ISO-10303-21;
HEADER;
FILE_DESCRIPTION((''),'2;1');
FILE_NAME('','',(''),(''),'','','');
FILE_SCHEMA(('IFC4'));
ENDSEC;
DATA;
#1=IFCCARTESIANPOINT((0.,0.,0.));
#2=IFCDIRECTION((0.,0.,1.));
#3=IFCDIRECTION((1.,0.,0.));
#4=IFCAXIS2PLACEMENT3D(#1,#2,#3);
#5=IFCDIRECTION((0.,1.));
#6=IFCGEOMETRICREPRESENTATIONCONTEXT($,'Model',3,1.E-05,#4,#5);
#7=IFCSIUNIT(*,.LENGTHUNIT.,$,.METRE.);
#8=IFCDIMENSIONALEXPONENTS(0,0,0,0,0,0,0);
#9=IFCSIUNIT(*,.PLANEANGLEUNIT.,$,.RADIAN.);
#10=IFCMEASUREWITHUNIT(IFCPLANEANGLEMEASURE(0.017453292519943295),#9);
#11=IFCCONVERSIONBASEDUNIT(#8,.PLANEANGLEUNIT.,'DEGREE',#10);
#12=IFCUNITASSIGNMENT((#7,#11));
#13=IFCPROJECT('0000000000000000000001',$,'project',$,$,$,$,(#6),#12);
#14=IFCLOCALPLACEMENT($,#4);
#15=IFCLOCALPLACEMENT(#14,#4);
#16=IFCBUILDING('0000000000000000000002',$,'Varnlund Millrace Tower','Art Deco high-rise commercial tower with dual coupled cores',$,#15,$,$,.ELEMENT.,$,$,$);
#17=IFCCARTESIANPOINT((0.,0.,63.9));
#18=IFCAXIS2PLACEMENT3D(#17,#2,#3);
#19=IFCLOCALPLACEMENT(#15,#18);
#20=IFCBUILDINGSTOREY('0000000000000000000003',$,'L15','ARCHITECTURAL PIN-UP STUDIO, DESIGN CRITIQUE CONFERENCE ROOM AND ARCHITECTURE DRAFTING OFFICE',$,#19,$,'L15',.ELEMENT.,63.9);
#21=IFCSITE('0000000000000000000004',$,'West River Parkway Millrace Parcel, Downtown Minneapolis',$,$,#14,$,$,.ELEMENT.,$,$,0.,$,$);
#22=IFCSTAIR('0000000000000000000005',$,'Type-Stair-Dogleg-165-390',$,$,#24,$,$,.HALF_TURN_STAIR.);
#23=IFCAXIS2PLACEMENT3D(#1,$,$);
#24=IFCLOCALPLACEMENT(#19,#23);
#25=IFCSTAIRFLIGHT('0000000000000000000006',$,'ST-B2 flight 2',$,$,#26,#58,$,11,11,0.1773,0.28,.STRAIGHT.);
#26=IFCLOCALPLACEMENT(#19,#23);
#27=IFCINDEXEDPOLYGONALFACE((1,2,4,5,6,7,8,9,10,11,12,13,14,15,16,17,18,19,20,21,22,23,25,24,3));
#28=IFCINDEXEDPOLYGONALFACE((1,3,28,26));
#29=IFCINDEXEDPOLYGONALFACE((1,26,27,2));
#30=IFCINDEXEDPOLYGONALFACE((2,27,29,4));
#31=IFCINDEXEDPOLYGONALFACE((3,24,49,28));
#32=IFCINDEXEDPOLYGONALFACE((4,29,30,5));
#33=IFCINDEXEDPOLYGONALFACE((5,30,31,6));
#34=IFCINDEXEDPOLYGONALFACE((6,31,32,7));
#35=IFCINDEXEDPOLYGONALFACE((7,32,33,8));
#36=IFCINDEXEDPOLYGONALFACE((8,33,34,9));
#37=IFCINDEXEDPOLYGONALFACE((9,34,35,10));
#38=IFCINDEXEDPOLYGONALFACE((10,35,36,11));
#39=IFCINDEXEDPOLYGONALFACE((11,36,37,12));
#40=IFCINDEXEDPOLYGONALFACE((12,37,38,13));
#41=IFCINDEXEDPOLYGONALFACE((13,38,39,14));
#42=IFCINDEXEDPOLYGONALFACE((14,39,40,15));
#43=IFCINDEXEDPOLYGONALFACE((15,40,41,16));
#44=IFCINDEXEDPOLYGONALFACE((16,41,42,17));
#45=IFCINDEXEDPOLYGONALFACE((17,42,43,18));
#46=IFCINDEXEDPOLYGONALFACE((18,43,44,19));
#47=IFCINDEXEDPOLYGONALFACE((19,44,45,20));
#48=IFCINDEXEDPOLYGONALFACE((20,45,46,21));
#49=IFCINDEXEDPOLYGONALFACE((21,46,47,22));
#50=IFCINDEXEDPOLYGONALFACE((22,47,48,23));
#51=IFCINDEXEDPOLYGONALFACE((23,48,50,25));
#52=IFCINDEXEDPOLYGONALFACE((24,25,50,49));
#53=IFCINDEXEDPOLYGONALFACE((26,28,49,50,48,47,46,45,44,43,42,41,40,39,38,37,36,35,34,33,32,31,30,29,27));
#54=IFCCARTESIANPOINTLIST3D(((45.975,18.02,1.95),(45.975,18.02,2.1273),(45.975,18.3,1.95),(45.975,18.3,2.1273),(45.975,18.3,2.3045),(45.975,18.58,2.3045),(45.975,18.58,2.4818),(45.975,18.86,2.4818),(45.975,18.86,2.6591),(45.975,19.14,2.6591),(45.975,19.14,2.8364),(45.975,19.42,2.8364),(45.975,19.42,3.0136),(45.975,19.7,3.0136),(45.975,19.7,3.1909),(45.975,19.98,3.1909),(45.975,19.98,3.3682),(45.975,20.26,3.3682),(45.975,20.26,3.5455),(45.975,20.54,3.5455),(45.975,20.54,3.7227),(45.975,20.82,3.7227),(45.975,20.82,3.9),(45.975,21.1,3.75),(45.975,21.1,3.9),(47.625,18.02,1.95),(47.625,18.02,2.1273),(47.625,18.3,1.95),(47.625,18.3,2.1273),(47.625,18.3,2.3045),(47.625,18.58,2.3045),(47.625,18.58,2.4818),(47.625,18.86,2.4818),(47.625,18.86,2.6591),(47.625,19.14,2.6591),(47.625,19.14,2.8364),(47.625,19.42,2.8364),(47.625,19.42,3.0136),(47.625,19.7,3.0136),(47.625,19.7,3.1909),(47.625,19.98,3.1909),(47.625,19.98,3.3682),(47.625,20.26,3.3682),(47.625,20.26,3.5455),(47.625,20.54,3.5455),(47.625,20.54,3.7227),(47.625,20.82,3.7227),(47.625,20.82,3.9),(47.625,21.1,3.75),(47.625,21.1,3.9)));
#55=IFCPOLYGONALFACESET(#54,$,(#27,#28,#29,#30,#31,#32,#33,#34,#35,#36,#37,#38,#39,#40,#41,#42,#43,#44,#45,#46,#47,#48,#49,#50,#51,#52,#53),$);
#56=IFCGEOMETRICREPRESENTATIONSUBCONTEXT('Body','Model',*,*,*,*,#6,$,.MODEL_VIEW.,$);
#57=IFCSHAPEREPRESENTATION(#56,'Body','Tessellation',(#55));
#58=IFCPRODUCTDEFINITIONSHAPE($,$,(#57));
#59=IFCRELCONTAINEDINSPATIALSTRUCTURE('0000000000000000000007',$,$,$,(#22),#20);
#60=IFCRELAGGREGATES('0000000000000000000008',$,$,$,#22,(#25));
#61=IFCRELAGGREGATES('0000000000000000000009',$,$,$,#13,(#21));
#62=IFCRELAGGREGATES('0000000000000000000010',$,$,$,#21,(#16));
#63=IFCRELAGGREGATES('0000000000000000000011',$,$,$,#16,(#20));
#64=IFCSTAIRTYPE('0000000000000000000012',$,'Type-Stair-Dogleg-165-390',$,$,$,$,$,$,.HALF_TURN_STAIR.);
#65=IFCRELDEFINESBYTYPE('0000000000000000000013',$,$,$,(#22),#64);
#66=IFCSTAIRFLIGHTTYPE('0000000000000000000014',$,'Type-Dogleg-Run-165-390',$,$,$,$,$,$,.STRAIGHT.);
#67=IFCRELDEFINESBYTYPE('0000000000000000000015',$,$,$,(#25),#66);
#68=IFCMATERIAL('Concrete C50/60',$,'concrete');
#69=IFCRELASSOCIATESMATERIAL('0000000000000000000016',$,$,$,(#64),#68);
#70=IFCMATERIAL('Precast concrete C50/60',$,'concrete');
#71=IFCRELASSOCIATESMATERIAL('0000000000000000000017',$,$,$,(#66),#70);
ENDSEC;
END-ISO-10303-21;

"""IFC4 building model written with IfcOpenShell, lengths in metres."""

from ifc_helpers import new_model, entity, si_unit, converted_unit, direction, frame, origin_with_axes, place, context, subcontext, project, spatial, polyline, outline, extrude, material, type_object, element, aggregate, save


model = new_model("IFC4")

# Units and contexts
model_context = context("Model", 3, precision=1e-05, world=origin_with_axes(), true_north=direction((0.0, 1.0)))
body_context = subcontext(model_context, "Body", "Model", "MODEL_VIEW")
ifc_project = project(units=[si_unit("LENGTHUNIT", "METRE"), converted_unit("PLANEANGLEUNIT", "DEGREE", entity("IfcPlaneAngleMeasure", 0.017453292519943295), si_unit("PLANEANGLEUNIT", "RADIAN"), dimensions=[0, 0, 0, 0, 0, 0, 0])], contexts=[model_context])

# Site, building, storey
site_placement = place(None, origin_with_axes())
site = spatial("IfcSite", under=ifc_project, at=site_placement, Name="West River Parkway Millrace Parcel, Downtown Minneapolis", CompositionType="ELEMENT", RefElevation=0.0)
building_placement = place(site_placement, origin_with_axes())
building = spatial("IfcBuilding", under=site, at=building_placement, Name="Varnlund Millrace Tower", Description="Art Deco high-rise commercial tower with dual coupled cores", CompositionType="ELEMENT")
storey_placement = place(building_placement, frame((0.0, 0.0, 63.9), z_axis=(0.0, 0.0, 1.0), x_axis=(1.0, 0.0, 0.0)))
storey = spatial("IfcBuildingStorey", under=building, at=storey_placement, Name="L15", Description="ARCHITECTURAL PIN-UP STUDIO, DESIGN CRITIQUE CONFERENCE ROOM AND ARCHITECTURE DRAFTING OFFICE", LongName="L15", CompositionType="ELEMENT", Elevation=63.9)

# Shared definitions
ifc_material_1 = material(Name="Precast concrete C50/60", Category="concrete")

# Stair, stair flight
ifc_material_2 = material(Name="Concrete C50/60", Category="concrete")
stair_type = type_object("IfcStairType", Name="Type-Stair-Dogleg-165-390", PredefinedType="HALF_TURN_STAIR", material=ifc_material_2)
stair_placement = place(storey_placement, origin_with_axes())
stair = element("IfcStair", 1, at=stair_placement, inside=storey, type_object=stair_type, Name="Type-Stair-Dogleg-165-390", PredefinedType="HALF_TURN_STAIR")
stair_flight_type = type_object("IfcStairFlightType", Name="Type-Dogleg-Run-165-390", PredefinedType="STRAIGHT", material=ifc_material_1)
stair_flight_placement = place(storey_placement, frame((45.975, 18.02, 1.95), z_axis=(1.0, 0.0, 0.0), x_axis=(0.0, 1.0, 0.0)))
stair_flight = element("IfcStairFlight", 2, at=stair_flight_placement, type_object=stair_flight_type, Name="ST-B2 flight 2", NumberOfRisers=11, NumberOfTreads=11, PredefinedType="STRAIGHT", RiserHeight=0.1773, TreadLength=0.28, context=body_context, shape_type="SweptSolid", body=[
    extrude(outline(polyline([(0.0, 0.0), (0.0, 0.1773), (0.28, 0.1773), (0.28, 0.3545), (0.56, 0.3545), (0.56, 0.5318), (0.84, 0.5318), (0.84, 0.7091), (1.12, 0.7091), (1.12, 0.8864), (1.4, 0.8864), (1.4, 1.0636), (1.68, 1.0636), (1.68, 1.2409), (1.96, 1.2409), (1.96, 1.4182), (2.24, 1.4182), (2.24, 1.5955), (2.52, 1.5955), (2.52, 1.7727), (2.8, 1.7727), (2.8, 1.95), (3.08, 1.95), (3.08, 1.8), (0.28, 0.0), (0.0, 0.0)])), origin_with_axes(), (0.0, 0.0, 1.0), 1.65),
])
aggregate(stair, [stair_flight])

save(model, "model.ifc")
